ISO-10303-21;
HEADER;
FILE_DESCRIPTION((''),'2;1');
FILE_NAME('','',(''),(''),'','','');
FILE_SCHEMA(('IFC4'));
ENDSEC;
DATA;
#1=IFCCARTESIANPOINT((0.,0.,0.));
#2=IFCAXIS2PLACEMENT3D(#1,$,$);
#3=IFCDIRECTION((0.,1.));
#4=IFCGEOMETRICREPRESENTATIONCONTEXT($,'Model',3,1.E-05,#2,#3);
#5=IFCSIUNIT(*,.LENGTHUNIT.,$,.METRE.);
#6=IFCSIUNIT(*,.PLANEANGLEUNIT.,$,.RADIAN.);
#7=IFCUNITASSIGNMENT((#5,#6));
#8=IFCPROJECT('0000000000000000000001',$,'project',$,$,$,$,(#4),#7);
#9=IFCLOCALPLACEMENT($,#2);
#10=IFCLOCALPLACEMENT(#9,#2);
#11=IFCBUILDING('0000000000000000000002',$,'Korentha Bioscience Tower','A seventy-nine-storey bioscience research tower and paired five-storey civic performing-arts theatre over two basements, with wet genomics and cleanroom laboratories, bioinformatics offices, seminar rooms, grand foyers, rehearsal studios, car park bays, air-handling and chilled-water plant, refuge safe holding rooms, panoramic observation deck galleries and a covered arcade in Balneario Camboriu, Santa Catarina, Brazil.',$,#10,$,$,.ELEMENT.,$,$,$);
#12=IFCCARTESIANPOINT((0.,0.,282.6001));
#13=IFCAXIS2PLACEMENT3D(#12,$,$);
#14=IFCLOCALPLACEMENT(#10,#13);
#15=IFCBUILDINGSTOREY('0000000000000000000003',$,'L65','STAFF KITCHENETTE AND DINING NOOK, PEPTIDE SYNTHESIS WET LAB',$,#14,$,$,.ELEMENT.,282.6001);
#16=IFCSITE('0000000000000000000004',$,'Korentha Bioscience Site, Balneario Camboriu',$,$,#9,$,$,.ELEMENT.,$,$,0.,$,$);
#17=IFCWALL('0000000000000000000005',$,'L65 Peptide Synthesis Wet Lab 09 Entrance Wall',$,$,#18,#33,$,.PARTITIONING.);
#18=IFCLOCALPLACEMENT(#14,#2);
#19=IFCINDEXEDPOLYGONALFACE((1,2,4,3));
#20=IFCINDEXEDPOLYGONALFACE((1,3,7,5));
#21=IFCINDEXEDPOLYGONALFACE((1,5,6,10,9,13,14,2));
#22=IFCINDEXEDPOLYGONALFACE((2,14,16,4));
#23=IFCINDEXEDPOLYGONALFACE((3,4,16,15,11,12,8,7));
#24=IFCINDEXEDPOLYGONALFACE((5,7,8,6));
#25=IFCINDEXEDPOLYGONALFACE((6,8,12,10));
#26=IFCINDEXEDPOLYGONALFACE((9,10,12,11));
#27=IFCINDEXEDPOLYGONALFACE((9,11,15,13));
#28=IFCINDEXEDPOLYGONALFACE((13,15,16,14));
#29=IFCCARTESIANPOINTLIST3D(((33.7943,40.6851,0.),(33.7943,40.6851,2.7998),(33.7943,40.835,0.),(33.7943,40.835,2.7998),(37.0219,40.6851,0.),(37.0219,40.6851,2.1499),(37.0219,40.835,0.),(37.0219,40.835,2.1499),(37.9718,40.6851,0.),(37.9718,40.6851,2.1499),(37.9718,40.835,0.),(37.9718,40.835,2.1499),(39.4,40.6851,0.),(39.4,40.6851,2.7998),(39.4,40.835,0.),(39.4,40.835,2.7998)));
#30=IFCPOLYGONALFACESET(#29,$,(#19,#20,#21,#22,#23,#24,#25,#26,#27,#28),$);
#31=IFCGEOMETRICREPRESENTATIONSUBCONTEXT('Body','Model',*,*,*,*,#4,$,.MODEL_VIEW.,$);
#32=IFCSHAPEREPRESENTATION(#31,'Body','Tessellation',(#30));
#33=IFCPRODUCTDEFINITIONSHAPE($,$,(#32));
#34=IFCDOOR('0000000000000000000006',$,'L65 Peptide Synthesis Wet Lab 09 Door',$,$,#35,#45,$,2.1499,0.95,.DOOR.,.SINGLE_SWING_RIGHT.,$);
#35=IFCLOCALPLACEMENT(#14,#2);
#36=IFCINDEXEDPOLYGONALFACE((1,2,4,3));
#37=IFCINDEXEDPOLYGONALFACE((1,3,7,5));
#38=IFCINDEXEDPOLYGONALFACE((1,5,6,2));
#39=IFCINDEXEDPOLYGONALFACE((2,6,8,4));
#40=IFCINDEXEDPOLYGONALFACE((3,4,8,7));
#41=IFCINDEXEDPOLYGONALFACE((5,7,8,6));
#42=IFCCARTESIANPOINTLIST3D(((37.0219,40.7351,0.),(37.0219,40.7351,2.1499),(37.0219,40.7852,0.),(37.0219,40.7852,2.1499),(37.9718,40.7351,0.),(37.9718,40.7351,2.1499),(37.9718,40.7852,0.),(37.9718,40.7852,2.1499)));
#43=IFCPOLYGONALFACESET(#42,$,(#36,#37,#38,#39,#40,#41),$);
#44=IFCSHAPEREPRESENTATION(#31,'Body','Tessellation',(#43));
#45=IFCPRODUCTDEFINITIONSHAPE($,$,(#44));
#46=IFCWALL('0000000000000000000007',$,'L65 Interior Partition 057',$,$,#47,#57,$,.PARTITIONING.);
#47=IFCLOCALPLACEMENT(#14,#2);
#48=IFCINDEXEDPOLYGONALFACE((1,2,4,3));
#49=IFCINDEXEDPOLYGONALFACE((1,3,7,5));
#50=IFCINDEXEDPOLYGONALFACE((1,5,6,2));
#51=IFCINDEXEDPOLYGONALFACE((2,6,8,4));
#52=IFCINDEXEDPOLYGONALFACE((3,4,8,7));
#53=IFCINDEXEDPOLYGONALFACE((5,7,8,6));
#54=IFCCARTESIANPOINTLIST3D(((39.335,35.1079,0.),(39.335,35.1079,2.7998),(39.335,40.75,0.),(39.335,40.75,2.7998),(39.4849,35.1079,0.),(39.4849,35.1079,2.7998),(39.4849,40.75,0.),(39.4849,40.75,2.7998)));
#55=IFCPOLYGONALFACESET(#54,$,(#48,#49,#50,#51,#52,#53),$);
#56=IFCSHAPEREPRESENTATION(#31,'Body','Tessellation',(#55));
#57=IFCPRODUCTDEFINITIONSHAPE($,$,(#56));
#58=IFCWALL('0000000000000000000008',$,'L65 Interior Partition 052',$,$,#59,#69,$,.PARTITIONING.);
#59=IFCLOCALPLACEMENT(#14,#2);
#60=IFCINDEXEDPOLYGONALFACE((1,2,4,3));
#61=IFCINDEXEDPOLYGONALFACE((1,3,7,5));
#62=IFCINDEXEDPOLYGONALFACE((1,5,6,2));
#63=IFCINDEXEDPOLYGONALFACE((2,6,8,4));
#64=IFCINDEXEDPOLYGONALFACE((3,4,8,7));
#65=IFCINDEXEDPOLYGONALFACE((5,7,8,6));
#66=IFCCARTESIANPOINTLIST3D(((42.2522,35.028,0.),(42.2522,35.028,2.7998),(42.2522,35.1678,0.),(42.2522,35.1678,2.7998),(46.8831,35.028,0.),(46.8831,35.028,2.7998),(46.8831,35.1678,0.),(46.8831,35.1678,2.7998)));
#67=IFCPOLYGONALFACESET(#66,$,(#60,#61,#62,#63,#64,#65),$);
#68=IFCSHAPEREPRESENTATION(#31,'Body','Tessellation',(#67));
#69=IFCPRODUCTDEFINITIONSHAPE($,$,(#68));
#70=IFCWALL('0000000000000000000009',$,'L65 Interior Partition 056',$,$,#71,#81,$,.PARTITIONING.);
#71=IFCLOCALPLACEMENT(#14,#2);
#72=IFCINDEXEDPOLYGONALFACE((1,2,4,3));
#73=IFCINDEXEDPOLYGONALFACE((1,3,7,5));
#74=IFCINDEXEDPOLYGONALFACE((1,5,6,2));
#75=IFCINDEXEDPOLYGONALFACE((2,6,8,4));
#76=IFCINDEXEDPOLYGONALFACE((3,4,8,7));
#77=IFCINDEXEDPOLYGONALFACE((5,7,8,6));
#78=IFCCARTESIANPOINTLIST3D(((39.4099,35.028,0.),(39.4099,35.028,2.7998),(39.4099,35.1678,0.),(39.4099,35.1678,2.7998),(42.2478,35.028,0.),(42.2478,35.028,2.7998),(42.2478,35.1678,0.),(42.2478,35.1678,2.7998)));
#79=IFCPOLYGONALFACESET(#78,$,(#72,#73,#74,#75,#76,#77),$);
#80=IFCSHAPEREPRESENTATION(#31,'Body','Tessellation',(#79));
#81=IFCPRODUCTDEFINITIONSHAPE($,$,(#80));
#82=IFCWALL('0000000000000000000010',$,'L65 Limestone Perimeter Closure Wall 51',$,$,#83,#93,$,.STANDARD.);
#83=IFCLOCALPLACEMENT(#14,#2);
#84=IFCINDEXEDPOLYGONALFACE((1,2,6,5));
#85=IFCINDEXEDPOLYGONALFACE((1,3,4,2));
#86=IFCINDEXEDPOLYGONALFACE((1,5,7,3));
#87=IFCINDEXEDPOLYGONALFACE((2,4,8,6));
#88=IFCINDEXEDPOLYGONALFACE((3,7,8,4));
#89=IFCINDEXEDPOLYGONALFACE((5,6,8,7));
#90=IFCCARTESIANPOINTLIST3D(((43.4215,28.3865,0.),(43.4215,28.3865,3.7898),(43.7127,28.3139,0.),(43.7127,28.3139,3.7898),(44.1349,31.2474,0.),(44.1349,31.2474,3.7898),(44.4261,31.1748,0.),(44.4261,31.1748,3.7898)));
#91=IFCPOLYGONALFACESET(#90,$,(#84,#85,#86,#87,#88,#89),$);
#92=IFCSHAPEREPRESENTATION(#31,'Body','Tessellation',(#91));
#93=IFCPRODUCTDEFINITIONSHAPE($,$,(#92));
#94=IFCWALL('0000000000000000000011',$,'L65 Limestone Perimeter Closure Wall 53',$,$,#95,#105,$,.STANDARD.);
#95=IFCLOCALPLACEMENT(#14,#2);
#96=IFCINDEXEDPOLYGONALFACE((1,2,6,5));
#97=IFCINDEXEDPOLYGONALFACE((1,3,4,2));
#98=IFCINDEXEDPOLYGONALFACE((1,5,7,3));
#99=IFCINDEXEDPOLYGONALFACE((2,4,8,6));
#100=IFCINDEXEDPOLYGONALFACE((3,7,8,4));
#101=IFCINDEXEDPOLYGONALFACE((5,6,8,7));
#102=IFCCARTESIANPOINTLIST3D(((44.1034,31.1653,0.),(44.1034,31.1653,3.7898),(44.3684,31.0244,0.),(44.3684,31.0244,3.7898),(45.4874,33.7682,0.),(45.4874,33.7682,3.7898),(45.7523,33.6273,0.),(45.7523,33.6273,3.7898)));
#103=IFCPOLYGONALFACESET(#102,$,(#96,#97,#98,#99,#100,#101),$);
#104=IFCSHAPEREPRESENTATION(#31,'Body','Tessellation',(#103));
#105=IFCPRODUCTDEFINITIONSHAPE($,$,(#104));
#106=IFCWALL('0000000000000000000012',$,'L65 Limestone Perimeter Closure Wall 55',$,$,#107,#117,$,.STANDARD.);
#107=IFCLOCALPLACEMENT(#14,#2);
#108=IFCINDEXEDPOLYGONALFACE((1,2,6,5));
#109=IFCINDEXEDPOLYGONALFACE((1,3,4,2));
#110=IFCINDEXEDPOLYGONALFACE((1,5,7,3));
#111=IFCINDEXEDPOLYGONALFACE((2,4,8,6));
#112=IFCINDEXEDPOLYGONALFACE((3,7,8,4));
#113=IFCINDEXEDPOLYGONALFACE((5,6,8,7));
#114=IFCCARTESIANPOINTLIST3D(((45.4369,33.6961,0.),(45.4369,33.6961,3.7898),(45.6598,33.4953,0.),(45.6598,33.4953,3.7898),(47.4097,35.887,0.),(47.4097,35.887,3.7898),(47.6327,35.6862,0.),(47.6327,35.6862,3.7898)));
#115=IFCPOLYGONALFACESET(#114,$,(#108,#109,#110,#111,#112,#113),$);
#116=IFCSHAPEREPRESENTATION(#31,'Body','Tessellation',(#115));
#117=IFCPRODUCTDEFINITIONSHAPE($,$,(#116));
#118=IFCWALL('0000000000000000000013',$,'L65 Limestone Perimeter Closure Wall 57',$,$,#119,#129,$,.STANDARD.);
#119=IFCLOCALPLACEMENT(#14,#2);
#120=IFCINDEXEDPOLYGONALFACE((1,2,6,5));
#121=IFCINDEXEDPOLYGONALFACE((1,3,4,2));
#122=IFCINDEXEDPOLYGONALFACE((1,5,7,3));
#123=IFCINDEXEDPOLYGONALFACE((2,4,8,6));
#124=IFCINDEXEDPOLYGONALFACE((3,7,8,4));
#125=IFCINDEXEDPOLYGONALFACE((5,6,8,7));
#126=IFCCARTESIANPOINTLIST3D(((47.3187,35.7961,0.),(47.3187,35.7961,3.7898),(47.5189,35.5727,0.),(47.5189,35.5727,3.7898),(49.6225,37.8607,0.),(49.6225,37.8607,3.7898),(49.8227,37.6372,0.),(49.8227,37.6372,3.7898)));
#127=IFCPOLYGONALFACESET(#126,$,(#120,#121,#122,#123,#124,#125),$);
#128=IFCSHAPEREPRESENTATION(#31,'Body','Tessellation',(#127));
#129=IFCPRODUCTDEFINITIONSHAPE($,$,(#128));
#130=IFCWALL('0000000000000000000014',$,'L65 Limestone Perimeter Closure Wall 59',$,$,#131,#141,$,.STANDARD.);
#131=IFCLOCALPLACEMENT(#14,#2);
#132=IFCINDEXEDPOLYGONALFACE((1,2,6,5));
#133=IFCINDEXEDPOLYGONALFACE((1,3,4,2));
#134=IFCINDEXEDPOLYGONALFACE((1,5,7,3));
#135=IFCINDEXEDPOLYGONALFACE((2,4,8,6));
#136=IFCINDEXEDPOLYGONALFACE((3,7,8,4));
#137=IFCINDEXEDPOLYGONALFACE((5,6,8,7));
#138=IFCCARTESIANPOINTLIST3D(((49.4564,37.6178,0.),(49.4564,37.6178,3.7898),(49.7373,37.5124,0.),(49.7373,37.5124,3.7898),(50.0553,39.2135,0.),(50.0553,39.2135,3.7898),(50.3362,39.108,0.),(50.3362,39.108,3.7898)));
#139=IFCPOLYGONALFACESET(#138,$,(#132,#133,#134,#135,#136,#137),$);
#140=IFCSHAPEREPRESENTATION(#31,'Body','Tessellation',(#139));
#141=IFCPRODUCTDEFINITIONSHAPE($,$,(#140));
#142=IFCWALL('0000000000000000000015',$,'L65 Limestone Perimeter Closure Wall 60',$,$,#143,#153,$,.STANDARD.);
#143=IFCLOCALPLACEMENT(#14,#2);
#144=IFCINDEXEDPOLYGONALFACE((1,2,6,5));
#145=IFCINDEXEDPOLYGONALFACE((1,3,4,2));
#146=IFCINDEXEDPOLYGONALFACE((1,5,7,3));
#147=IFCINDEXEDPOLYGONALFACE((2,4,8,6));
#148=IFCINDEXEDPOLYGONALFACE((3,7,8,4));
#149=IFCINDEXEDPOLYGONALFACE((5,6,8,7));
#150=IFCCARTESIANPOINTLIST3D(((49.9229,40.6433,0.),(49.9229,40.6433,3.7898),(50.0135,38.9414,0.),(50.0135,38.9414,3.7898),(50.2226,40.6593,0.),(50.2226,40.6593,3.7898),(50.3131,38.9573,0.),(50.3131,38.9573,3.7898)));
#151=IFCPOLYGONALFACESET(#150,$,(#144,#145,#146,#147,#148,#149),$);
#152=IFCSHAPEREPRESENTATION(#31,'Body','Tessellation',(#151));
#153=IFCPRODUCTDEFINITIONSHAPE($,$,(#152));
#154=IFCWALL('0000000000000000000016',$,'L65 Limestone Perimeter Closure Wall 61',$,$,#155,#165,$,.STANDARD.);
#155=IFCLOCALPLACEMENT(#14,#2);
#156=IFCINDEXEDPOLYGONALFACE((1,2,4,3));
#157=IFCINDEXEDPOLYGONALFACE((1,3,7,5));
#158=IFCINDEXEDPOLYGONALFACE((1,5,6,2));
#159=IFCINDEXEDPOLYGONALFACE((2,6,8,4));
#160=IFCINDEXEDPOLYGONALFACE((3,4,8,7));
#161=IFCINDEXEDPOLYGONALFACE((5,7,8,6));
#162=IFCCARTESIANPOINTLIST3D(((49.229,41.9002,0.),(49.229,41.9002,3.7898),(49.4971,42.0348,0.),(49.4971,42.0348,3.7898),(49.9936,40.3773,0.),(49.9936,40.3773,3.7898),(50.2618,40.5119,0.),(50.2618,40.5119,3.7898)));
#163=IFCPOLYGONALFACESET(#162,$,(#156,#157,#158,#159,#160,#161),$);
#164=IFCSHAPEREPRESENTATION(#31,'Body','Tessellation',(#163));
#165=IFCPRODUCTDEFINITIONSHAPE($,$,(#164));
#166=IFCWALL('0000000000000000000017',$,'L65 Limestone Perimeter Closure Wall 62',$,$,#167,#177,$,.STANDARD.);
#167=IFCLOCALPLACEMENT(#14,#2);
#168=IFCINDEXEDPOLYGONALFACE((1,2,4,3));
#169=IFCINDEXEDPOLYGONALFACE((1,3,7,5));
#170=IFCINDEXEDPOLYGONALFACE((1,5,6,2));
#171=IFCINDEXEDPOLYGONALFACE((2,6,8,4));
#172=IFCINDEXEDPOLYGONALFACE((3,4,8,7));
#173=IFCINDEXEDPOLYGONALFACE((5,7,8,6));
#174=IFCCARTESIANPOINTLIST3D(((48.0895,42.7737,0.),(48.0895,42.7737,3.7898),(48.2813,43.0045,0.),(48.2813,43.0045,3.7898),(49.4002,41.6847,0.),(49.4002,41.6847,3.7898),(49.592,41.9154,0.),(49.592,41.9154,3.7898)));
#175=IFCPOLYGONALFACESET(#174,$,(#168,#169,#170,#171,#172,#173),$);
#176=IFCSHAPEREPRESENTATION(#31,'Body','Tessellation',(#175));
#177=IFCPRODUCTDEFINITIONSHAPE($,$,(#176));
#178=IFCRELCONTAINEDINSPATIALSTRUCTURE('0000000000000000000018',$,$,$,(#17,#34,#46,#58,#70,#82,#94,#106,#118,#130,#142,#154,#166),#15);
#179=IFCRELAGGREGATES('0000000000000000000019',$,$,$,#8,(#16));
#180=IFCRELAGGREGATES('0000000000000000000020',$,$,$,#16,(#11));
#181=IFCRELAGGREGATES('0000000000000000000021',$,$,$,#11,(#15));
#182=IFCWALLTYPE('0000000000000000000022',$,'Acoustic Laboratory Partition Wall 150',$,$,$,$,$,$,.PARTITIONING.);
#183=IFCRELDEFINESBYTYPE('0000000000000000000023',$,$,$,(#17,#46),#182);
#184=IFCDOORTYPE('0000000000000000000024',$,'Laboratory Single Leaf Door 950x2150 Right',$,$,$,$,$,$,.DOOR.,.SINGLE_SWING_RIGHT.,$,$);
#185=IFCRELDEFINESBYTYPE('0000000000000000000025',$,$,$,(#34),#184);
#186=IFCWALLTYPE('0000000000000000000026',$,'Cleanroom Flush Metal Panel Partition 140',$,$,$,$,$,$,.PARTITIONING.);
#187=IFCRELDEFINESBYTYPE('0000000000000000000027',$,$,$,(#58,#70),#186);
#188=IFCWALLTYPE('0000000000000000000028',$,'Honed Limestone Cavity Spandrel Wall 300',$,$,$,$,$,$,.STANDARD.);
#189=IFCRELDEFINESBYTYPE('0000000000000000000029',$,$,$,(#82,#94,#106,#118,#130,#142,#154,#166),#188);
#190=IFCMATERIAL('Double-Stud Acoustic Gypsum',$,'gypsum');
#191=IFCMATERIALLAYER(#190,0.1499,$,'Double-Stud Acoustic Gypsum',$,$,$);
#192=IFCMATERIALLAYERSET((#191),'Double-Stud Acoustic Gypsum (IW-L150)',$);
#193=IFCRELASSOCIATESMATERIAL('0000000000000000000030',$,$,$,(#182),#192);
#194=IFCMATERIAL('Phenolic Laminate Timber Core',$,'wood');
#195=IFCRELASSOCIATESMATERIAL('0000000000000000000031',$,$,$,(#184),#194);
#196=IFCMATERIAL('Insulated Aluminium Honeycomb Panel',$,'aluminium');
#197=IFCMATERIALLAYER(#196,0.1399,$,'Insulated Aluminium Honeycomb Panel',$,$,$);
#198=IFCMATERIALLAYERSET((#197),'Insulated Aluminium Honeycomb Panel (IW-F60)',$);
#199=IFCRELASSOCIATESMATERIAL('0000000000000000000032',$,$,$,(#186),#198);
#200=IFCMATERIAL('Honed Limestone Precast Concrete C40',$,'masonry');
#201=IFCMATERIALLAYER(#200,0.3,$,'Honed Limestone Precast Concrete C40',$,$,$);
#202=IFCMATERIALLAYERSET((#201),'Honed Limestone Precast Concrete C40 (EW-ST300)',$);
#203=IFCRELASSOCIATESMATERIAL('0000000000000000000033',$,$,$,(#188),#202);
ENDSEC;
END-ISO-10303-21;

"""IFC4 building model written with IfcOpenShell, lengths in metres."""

from ifc_helpers import new_model, si_unit, direction, frame, frame_2d, origin, place, context, subcontext, project, spatial, rectangle, extrude, material, layer, layer_set, type_object, element, fill, save


model = new_model("IFC4")

# Units and contexts
model_context = context("Model", 3, precision=1e-05, world=origin(), true_north=direction((0.0, 1.0)))
body_context = subcontext(model_context, "Body", "Model", "MODEL_VIEW")
ifc_project = project(units=[si_unit("LENGTHUNIT", "METRE"), si_unit("PLANEANGLEUNIT", "RADIAN")], contexts=[model_context])

# Site, building, storey
site_placement = place(None, origin())
site = spatial("IfcSite", under=ifc_project, at=site_placement, Name="Korentha Bioscience Site, Balneario Camboriu", CompositionType="ELEMENT", RefElevation=0.0)
building_placement = place(site_placement, origin())
building = spatial("IfcBuilding", under=site, at=building_placement, Name="Korentha Bioscience Tower", Description="A seventy-nine-storey bioscience research tower and paired five-storey civic performing-arts theatre over two basements, with wet genomics and cleanroom laboratories, bioinformatics offices, seminar rooms, grand foyers, rehearsal studios, car park bays, air-handling and chilled-water plant, refuge safe holding rooms, panoramic observation deck galleries and a covered arcade in Balneario Camboriu, Santa Catarina, Brazil.", CompositionType="ELEMENT")
storey_placement = place(building_placement, frame((0.0, 0.0, 282.6001)))
storey = spatial("IfcBuildingStorey", under=building, at=storey_placement, Name="L65", Description="STAFF KITCHENETTE AND DINING NOOK, PEPTIDE SYNTHESIS WET LAB", CompositionType="ELEMENT", Elevation=282.6001)

# Wall, opening, door
ifc_material_1 = material(Name="Double-Stud Acoustic Gypsum", Category="gypsum")
ifc_layer_1 = layer(ifc_material_1, 0.1499, Name="Double-Stud Acoustic Gypsum")
ifc_layer_set_1 = layer_set([ifc_layer_1], Name="Double-Stud Acoustic Gypsum (IW-L150)")
wall_type_1 = type_object("IfcWallType", Name="Acoustic Laboratory Partition Wall 150", PredefinedType="PARTITIONING", material=ifc_layer_set_1)
wall_1_placement = place(storey_placement, frame((39.3999, 40.76, 0.0), z_axis=(0.0, 0.0, 1.0), x_axis=(-1.0, 0.0, 0.0)))
wall_1 = element("IfcWall", 1, at=wall_1_placement, inside=storey, type_object=wall_type_1, Name="L65 Peptide Synthesis Wet Lab 09 Entrance Wall", PredefinedType="PARTITIONING", context=body_context, shape_type="SweptSolid", body=[
    extrude(rectangle(XDim=5.6057, YDim=0.1499, at=frame_2d((2.8027, 0.0))), origin(), (0.0, 0.0, 1.0), 2.7998),
])
opening_placement = place(wall_1_placement, frame((1.428, 0.0, 0.0)))
opening = element("IfcOpeningElement", 2, at=opening_placement, cuts=wall_1, PredefinedType="OPENING", context=body_context, shape_type="SweptSolid", body=[
    extrude(rectangle(XDim=0.95, YDim=2.1499, at=frame_2d((0.4751, 1.075))), frame((0.0, 0.0898, 0.0), z_axis=(0.0, -1.0, 0.0), x_axis=(1.0, 0.0, 0.0)), (0.0, 0.0, 1.0), 0.1797),
])
ifc_material_2 = material(Name="Phenolic Laminate Timber Core", Category="wood")
door_type = type_object("IfcDoorType", Name="Laboratory Single Leaf Door 950x2150 Right", OperationType="SINGLE_SWING_RIGHT", PredefinedType="DOOR", material=ifc_material_2)
door_placement = place(opening_placement, origin())
door = element("IfcDoor", 3, at=door_placement, inside=storey, type_object=door_type, Name="L65 Peptide Synthesis Wet Lab 09 Door", OperationType="SINGLE_SWING_RIGHT", OverallHeight=2.1499, OverallWidth=0.95, PredefinedType="DOOR", context=body_context, shape_type="SweptSolid", body=[
    extrude(rectangle(XDim=0.95, YDim=2.1499, at=frame_2d((0.4751, 1.075))), frame((0.0, 0.0249, 0.0), z_axis=(0.0, -1.0, 0.0), x_axis=(1.0, 0.0, 0.0)), (0.0, 0.0, 1.0), 0.05),
])
fill(opening, door)

# Walls
wall_2_placement = place(storey_placement, frame((39.4099, 35.1079, 0.0), z_axis=(0.0, 0.0, 1.0), x_axis=(0.0, 1.0, 0.0)))
element("IfcWall", 4, at=wall_2_placement, inside=storey, type_object=wall_type_1, Name="L65 Interior Partition 057", PredefinedType="PARTITIONING", context=body_context, shape_type="SweptSolid", body=[
    extrude(rectangle(XDim=5.6421, YDim=0.1499, at=frame_2d((2.821, 0.0))), origin(), (0.0, 0.0, 1.0), 2.7998),
])
ifc_material_3 = material(Name="Insulated Aluminium Honeycomb Panel", Category="aluminium")
ifc_layer_2 = layer(ifc_material_3, 0.1399, Name="Insulated Aluminium Honeycomb Panel")
ifc_layer_set_2 = layer_set([ifc_layer_2], Name="Insulated Aluminium Honeycomb Panel (IW-F60)")
wall_type_2 = type_object("IfcWallType", Name="Cleanroom Flush Metal Panel Partition 140", PredefinedType="PARTITIONING", material=ifc_layer_set_2)
wall_3_placement = place(storey_placement, frame((42.2522, 35.0979, 0.0), z_axis=(0.0, 0.0, 1.0), x_axis=(1.0, 0.0, 0.0)))
element("IfcWall", 5, at=wall_3_placement, inside=storey, type_object=wall_type_2, Name="L65 Interior Partition 052", PredefinedType="PARTITIONING", context=body_context, shape_type="SweptSolid", body=[
    extrude(rectangle(XDim=4.6309, YDim=0.1399, at=frame_2d((2.3154, 0.0))), origin(), (0.0, 0.0, 1.0), 2.7998),
])
wall_4_placement = place(storey_placement, frame((39.4099, 35.0979, 0.0), z_axis=(0.0, 0.0, 1.0), x_axis=(1.0, 0.0, 0.0)))
element("IfcWall", 6, at=wall_4_placement, inside=storey, type_object=wall_type_2, Name="L65 Interior Partition 056", PredefinedType="PARTITIONING", context=body_context, shape_type="SweptSolid", body=[
    extrude(rectangle(XDim=2.8379, YDim=0.1399, at=frame_2d((1.4189, 0.0))), origin(), (0.0, 0.0, 1.0), 2.7998),
])
ifc_material_4 = material(Name="Honed Limestone Precast Concrete C40", Category="masonry")
ifc_layer_3 = layer(ifc_material_4, 0.3, Name="Honed Limestone Precast Concrete C40")
ifc_layer_set_3 = layer_set([ifc_layer_3], Name="Honed Limestone Precast Concrete C40 (EW-ST300)")
wall_type_3 = type_object("IfcWallType", Name="Honed Limestone Cavity Spandrel Wall 300", PredefinedType="STANDARD", material=ifc_layer_set_3)
wall_5_placement = place(storey_placement, frame((43.5671, 28.3503, 0.0), z_axis=(0.0, 0.0, 1.0), x_axis=(0.241951, 0.970288, 0.0)))
element("IfcWall", 7, at=wall_5_placement, inside=storey, type_object=wall_type_3, Name="L65 Limestone Perimeter Closure Wall 51", PredefinedType="STANDARD", context=body_context, shape_type="SweptSolid", body=[
    extrude(rectangle(XDim=2.9485, YDim=0.3, at=frame_2d((1.4741, 0.0))), origin(), (0.0, 0.0, 1.0), 3.7898),
])
wall_6_placement = place(storey_placement, frame((44.2358, 31.0947, 0.0), z_axis=(0.0, 0.0, 1.0), x_axis=(0.469466, 0.882951, 0.0)))
element("IfcWall", 8, at=wall_6_placement, inside=storey, type_object=wall_type_3, Name="L65 Limestone Perimeter Closure Wall 53", PredefinedType="STANDARD", context=body_context, shape_type="SweptSolid", body=[
    extrude(rectangle(XDim=2.948, YDim=0.3, at=frame_2d((1.4741, 0.0))), origin(), (0.0, 0.0, 1.0), 3.7898),
])
wall_7_placement = place(storey_placement, frame((45.5483, 33.5957, 0.0), z_axis=(0.0, 0.0, 1.0), x_axis=(0.669166, 0.743113, 0.0)))
element("IfcWall", 9, at=wall_7_placement, inside=storey, type_object=wall_type_3, Name="L65 Limestone Perimeter Closure Wall 55", PredefinedType="STANDARD", context=body_context, shape_type="SweptSolid", body=[
    extrude(rectangle(XDim=2.9482, YDim=0.3, at=frame_2d((1.4741, 0.0))), origin(), (0.0, 0.0, 1.0), 3.7898),
])
wall_8_placement = place(storey_placement, frame((47.4187, 35.6843, 0.0), z_axis=(0.0, 0.0, 1.0), x_axis=(0.744721, 0.667376, 0.0)))
element("IfcWall", 10, at=wall_8_placement, inside=storey, type_object=wall_type_3, Name="L65 Limestone Perimeter Closure Wall 57", PredefinedType="STANDARD", context=body_context, shape_type="SweptSolid", body=[
    extrude(rectangle(XDim=3.0935, YDim=0.3, at=frame_2d((1.5469, 0.0))), origin(), (0.0, 0.0, 1.0), 3.7898),
])
for number, where, z_axis, x_axis, name in (
    (11, (49.5969, 37.5652, 0.0), (0.0, 0.0, 1.0), (0.351375, 0.936235, 0.0), "L65 Limestone Perimeter Closure Wall 59"),
    (12, (50.1633, 38.9495, 0.0), (0.0, 0.0, 1.0), (-0.053145, 0.998587, 0.0), "L65 Limestone Perimeter Closure Wall 60"),
):
    element("IfcWall", number, at=place(storey_placement, frame(where, z_axis=z_axis, x_axis=x_axis)), inside=storey, type_object=wall_type_3, Name=name, PredefinedType="STANDARD", context=body_context, shape_type="SweptSolid", body=[
        extrude(rectangle(XDim=1.7043, YDim=0.3, at=frame_2d((0.8521, 0.0))), origin(), (0.0, 0.0, 1.0), 3.7898),
    ])
for number, where, z_axis, x_axis, name in (
    (13, (50.1277, 40.4446, 0.0), (0.0, 0.0, 1.0), (-0.448703, 0.893681, 0.0), "L65 Limestone Perimeter Closure Wall 61"),
    (14, (49.4961, 41.8, 0.0), (0.0, 0.0, 1.0), (-0.769148, 0.639071, 0.0), "L65 Limestone Perimeter Closure Wall 62"),
):
    element("IfcWall", number, at=place(storey_placement, frame(where, z_axis=z_axis, x_axis=x_axis)), inside=storey, type_object=wall_type_3, Name=name, PredefinedType="STANDARD", context=body_context, shape_type="SweptSolid", body=[
        extrude(rectangle(XDim=1.7041, YDim=0.3, at=frame_2d((0.8521, 0.0))), origin(), (0.0, 0.0, 1.0), 3.7898),
    ])

save(model, "model.ifc")
